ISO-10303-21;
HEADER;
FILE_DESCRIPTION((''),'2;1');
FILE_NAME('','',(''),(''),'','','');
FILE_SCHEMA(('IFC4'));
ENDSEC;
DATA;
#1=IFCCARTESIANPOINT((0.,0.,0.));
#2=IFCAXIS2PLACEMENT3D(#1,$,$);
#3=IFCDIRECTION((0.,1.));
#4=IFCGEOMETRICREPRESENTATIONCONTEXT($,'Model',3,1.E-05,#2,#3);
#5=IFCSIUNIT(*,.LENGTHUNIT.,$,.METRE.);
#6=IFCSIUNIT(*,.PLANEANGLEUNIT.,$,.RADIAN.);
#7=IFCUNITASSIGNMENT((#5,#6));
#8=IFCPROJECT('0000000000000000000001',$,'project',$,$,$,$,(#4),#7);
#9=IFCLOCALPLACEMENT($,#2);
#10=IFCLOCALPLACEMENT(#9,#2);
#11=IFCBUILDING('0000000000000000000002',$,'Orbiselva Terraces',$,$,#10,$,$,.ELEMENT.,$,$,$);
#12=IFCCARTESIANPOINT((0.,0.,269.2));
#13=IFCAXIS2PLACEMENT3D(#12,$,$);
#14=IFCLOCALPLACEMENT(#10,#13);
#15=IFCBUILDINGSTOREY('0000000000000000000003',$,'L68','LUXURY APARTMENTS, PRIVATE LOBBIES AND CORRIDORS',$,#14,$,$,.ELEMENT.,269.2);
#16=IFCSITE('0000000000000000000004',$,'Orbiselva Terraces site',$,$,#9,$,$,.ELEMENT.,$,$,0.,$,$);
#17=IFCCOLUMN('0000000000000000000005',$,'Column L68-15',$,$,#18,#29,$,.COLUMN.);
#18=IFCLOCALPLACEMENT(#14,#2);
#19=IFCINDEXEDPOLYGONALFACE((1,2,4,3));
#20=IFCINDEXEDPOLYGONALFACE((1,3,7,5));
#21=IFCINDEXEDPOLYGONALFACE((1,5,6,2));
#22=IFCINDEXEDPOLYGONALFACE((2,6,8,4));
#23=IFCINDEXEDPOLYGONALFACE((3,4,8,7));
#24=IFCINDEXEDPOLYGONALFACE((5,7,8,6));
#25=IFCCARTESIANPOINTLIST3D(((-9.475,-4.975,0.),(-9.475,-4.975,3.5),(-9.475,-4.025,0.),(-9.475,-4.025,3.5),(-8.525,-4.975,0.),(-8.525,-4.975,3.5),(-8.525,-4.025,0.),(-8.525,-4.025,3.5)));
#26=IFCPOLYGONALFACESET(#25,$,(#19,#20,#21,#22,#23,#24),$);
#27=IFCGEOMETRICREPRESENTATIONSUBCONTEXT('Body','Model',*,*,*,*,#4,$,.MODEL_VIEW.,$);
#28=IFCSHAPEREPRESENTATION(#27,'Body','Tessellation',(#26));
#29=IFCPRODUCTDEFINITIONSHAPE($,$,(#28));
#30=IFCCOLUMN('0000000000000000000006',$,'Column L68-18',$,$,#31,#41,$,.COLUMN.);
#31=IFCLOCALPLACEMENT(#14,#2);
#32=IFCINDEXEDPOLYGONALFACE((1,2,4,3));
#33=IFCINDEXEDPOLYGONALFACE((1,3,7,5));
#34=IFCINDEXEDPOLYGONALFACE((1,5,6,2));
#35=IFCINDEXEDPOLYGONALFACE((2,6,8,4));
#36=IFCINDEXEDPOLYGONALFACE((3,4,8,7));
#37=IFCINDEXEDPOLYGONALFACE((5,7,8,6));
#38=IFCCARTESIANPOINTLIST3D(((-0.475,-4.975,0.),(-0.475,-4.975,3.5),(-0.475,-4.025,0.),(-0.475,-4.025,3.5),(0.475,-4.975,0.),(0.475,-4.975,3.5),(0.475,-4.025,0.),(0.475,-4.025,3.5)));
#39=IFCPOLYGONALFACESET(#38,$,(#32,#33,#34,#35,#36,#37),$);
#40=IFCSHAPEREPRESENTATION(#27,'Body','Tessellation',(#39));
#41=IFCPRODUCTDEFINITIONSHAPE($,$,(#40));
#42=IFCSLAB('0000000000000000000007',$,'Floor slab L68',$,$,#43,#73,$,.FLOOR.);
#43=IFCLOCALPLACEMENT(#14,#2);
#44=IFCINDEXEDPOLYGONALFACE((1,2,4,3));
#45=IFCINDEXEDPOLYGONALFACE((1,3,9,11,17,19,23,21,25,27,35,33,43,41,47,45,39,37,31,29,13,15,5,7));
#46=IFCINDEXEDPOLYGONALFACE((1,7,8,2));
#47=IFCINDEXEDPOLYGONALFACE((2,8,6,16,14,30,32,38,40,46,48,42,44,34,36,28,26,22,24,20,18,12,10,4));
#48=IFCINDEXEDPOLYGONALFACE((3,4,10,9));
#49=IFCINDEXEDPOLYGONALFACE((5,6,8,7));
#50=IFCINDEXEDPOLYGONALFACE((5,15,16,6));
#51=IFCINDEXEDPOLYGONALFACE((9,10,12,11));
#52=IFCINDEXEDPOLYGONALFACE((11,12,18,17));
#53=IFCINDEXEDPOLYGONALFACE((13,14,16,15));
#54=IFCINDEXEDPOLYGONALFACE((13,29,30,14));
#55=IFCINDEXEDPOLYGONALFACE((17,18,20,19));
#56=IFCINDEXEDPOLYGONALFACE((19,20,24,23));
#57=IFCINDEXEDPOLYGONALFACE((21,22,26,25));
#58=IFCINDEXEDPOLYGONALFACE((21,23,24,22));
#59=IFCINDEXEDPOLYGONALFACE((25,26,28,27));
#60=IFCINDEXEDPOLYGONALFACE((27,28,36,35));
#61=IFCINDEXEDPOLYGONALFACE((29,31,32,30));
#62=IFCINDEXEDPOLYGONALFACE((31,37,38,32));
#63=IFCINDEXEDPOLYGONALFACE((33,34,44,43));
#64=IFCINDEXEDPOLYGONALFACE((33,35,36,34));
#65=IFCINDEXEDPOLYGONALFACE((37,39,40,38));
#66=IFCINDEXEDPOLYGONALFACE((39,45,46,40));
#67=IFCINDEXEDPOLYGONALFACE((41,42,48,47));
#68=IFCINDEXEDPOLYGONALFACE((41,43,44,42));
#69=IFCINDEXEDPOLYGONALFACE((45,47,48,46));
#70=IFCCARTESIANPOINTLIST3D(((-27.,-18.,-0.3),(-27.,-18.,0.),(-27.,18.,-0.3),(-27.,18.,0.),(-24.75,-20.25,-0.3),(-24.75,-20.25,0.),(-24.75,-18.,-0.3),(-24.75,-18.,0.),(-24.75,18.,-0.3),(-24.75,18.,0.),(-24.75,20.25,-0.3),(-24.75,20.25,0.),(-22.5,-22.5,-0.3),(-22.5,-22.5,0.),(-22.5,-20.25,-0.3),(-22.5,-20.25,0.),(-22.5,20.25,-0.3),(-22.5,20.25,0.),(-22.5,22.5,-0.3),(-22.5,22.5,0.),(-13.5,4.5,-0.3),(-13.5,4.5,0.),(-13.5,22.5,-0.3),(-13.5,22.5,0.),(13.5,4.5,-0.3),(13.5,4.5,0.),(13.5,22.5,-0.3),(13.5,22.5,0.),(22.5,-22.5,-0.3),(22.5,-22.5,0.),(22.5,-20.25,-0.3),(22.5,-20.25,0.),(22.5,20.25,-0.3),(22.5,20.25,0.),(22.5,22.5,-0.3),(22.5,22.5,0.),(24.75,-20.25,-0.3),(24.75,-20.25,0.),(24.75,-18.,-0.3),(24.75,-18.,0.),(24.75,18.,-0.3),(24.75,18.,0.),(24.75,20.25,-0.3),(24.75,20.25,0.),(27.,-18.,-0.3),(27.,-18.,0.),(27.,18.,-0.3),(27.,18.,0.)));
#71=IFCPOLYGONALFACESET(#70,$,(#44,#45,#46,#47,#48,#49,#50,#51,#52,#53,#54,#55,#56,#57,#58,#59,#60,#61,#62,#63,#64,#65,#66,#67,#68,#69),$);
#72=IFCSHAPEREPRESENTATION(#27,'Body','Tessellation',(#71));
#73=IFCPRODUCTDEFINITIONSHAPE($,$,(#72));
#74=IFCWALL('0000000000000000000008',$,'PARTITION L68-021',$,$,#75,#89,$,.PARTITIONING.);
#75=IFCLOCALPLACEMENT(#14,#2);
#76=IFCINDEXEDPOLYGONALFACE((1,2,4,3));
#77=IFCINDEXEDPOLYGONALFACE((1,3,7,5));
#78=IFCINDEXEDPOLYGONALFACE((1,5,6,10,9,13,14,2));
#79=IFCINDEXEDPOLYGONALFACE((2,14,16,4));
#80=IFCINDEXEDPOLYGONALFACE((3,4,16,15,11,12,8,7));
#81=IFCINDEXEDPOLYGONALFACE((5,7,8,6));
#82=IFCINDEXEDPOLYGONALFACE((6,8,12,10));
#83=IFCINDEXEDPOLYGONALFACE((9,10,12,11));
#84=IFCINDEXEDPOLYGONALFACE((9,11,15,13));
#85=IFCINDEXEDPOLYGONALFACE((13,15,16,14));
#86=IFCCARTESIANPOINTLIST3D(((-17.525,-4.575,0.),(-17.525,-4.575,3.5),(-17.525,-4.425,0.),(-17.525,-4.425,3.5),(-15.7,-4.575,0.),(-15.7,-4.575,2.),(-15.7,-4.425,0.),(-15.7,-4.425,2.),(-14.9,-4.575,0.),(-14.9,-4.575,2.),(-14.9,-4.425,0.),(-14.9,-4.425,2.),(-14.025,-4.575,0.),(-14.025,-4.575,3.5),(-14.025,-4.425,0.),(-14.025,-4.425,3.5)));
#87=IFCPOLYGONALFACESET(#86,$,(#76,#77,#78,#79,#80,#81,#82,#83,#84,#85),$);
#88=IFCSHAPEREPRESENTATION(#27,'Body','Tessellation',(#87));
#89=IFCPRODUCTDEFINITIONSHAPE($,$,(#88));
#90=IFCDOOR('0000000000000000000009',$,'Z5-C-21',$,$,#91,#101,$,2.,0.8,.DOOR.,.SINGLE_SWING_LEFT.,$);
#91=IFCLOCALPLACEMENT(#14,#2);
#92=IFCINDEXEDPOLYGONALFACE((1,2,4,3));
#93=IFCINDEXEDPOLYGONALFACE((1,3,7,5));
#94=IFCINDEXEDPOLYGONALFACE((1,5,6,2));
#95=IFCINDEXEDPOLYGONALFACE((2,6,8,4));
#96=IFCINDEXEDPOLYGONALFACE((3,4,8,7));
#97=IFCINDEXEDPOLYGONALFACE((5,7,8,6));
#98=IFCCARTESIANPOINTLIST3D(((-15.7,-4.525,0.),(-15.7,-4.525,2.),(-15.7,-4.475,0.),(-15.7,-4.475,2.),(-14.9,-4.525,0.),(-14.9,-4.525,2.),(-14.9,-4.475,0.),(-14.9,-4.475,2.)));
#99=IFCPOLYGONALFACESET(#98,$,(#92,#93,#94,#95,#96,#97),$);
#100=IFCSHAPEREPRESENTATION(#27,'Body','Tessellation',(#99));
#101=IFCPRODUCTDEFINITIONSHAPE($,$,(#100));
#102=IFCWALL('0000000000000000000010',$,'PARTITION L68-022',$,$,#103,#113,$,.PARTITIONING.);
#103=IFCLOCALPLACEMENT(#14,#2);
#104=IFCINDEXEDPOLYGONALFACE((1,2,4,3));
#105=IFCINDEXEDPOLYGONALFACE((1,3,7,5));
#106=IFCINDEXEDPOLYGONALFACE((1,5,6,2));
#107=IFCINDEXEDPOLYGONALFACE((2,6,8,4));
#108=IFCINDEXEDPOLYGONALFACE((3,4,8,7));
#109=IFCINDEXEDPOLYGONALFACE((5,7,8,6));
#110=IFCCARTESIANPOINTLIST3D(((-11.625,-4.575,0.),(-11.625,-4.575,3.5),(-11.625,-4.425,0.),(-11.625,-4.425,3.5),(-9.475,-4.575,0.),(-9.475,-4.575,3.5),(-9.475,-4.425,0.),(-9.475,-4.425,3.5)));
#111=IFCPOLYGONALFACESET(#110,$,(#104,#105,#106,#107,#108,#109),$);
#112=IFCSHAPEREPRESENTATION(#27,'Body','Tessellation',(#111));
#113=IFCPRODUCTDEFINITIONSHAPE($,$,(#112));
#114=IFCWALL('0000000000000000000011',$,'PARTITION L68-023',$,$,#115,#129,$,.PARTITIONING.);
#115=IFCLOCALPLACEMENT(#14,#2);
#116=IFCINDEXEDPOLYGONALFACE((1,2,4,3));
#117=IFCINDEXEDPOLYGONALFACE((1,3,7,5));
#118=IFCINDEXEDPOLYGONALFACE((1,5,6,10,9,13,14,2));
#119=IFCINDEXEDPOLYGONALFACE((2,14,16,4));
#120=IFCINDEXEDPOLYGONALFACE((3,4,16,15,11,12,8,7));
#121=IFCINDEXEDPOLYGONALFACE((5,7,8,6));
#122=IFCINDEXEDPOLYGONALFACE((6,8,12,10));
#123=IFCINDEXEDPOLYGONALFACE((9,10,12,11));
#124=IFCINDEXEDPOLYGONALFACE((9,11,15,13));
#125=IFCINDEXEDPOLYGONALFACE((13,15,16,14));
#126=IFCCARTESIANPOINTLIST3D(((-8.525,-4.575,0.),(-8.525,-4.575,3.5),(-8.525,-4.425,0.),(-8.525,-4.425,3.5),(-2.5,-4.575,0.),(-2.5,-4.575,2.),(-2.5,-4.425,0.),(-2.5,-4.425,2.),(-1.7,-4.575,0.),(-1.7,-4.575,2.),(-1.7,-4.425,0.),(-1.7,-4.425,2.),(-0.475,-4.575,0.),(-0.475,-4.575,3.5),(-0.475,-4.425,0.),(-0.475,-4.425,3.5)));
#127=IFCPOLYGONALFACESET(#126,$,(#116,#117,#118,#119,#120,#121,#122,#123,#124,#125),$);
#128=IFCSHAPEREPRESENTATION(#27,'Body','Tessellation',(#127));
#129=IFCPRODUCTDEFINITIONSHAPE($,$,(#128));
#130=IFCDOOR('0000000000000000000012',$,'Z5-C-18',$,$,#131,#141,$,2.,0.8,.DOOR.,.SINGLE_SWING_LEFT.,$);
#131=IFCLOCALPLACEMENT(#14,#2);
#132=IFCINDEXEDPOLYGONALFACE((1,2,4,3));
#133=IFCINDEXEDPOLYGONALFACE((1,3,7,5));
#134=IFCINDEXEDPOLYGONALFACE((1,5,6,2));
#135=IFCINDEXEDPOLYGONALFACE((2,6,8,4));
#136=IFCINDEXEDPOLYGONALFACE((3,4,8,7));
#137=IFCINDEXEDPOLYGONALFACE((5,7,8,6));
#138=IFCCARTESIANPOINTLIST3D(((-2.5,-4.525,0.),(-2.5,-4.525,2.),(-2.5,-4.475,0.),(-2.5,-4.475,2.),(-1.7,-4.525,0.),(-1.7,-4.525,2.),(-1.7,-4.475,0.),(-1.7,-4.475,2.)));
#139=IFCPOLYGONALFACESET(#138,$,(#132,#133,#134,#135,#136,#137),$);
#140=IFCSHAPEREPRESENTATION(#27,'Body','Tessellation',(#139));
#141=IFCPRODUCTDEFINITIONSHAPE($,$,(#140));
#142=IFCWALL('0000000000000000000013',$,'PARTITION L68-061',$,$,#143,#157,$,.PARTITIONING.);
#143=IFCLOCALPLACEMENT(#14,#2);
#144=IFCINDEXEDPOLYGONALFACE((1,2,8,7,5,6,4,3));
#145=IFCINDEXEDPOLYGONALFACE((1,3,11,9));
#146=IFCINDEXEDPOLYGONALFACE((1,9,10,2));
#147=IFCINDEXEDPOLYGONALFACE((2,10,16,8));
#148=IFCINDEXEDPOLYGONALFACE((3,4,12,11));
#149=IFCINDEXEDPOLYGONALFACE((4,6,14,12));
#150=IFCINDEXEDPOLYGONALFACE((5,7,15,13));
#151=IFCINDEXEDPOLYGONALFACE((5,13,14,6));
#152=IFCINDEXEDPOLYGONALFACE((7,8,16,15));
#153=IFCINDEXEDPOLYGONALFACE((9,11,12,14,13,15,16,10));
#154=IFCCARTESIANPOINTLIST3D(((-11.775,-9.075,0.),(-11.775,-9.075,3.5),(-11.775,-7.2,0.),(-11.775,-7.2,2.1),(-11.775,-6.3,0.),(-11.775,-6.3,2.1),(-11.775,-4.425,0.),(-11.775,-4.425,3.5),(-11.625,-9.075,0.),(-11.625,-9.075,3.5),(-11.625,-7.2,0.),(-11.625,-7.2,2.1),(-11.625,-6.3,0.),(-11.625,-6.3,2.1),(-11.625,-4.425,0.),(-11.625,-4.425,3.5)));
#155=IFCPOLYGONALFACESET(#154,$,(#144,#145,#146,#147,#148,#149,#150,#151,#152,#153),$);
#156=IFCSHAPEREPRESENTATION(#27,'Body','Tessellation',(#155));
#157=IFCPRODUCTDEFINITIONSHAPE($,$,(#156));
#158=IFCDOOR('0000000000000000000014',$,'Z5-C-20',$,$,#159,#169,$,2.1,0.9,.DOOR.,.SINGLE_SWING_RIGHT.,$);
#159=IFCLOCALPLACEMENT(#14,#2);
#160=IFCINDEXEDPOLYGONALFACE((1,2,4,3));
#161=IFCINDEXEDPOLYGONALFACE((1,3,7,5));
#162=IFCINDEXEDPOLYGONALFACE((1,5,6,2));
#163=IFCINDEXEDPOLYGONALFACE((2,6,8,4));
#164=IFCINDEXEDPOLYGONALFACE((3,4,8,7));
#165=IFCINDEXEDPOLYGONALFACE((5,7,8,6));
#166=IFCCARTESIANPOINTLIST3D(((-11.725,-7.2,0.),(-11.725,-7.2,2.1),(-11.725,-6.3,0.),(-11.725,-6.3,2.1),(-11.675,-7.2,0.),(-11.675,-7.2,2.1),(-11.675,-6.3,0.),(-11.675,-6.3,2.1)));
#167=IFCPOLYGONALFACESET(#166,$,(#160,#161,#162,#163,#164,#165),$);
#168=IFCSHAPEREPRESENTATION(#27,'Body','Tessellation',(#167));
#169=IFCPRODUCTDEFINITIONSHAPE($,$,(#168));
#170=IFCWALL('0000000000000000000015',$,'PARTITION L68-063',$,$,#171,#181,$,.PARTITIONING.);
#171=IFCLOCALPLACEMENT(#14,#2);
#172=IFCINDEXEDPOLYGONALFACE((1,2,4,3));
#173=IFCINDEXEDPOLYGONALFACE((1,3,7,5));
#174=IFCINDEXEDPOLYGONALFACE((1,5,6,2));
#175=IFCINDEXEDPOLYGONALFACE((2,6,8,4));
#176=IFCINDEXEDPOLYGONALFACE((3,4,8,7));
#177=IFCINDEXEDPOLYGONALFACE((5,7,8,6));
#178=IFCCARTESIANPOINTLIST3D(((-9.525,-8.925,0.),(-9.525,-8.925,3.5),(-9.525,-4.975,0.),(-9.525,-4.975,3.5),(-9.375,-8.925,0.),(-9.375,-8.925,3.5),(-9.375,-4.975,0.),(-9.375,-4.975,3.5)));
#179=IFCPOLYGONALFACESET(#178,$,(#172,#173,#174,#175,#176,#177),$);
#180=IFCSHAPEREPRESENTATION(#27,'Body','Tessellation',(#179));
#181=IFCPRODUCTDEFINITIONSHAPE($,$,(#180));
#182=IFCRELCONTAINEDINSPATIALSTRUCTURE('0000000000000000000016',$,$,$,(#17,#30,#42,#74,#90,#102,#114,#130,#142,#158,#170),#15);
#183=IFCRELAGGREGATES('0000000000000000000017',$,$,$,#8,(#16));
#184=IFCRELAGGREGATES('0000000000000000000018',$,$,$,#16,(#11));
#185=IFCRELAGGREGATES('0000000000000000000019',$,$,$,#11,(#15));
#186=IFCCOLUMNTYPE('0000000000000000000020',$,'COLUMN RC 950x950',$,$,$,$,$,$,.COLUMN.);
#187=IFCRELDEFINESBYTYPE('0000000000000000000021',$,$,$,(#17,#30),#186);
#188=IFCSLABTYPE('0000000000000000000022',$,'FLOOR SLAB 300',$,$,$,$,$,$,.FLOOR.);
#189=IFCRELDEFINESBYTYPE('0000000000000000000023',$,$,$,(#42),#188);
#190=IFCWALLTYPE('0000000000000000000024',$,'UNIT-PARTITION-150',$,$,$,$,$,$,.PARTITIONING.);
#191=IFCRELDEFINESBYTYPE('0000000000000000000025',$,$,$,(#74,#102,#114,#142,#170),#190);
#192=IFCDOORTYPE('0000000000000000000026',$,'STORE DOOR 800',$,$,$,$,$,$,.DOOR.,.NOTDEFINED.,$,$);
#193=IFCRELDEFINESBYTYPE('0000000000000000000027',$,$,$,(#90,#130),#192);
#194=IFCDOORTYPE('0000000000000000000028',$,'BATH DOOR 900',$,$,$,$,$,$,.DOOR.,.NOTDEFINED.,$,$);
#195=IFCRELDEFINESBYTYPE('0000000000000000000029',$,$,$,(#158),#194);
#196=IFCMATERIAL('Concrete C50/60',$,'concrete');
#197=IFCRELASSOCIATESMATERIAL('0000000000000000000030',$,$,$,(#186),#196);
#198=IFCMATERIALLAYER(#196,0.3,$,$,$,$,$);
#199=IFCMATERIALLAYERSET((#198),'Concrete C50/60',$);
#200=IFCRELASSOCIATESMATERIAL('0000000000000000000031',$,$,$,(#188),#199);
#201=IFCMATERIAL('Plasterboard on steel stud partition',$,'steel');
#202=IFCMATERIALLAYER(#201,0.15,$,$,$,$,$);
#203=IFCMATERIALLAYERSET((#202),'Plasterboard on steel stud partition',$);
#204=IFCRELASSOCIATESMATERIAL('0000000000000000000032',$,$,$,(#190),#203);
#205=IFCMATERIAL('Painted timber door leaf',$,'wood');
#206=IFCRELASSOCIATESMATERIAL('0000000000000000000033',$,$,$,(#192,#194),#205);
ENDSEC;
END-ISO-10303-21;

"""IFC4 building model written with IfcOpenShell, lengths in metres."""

from ifc_helpers import new_model, si_unit, direction, frame, frame_2d, origin, origin_2d, place, context, subcontext, project, spatial, polyline, rectangle, outline, extrude, material, layer, layer_set, material_profile, profile_set, type_object, element, fill, save


model = new_model("IFC4")

# Units and contexts
model_context = context("Model", 3, precision=1e-05, world=origin(), true_north=direction((0.0, 1.0)))
body_context = subcontext(model_context, "Body", "Model", "MODEL_VIEW")
ifc_project = project(units=[si_unit("LENGTHUNIT", "METRE"), si_unit("PLANEANGLEUNIT", "RADIAN")], contexts=[model_context])

# Site, building, storey
site_placement = place(None, origin())
site = spatial("IfcSite", under=ifc_project, at=site_placement, Name="Orbiselva Terraces site", CompositionType="ELEMENT", RefElevation=0.0)
building_placement = place(site_placement, origin())
building = spatial("IfcBuilding", under=site, at=building_placement, Name="Orbiselva Terraces", CompositionType="ELEMENT")
storey_placement = place(building_placement, frame((0.0, 0.0, 269.2)))
storey = spatial("IfcBuildingStorey", under=building, at=storey_placement, Name="L68", Description="LUXURY APARTMENTS, PRIVATE LOBBIES AND CORRIDORS", CompositionType="ELEMENT", Elevation=269.2)

# Columns
ifc_material_1 = material(Name="Concrete C50/60", Category="concrete")
ifc_material_profile = material_profile(ifc_material_1, rectangle(XDim=0.95, YDim=0.95, at=origin_2d()), Name="RC 950x950")
ifc_profile_set = profile_set([ifc_material_profile], Name="Concrete C50/60")
column_type = type_object("IfcColumnType", Name="COLUMN RC 950x950", PredefinedType="COLUMN", material=ifc_profile_set)
for number, where, z_axis, x_axis, name in (
    (1, (-9.0, -4.5, 0.0), (0.0, 0.0, 1.0), (1.0, 0.0, 0.0), "Column L68-15"),
    (2, (0.0, -4.5, 0.0), (0.0, 0.0, 1.0), (1.0, 0.0, 0.0), "Column L68-18"),
):
    element("IfcColumn", number, at=place(storey_placement, frame(where, z_axis=z_axis, x_axis=x_axis)), inside=storey, type_object=column_type, Name=name, PredefinedType="COLUMN", context=body_context, shape_type="SweptSolid", body=[
        extrude(rectangle(XDim=0.95, YDim=0.95, at=origin_2d()), origin(), (0.0, 0.0, 1.0), 3.5),
    ])

# Slab
ifc_layer_1 = layer(ifc_material_1, 0.3)
ifc_layer_set_1 = layer_set([ifc_layer_1], Name="Concrete C50/60")
slab_type = type_object("IfcSlabType", Name="FLOOR SLAB 300", PredefinedType="FLOOR", material=ifc_layer_set_1)
slab_placement = place(storey_placement, frame((0.0, 0.0, -0.3)))
element("IfcSlab", 3, at=slab_placement, inside=storey, type_object=slab_type, Name="Floor slab L68", PredefinedType="FLOOR", context=body_context, shape_type="SweptSolid", body=[
    extrude(outline(polyline([(22.5, 22.5), (22.5, 20.25), (24.75, 20.25), (24.75, 18.0), (27.0, 18.0), (27.0, -18.0), (24.75, -18.0), (24.75, -20.25), (22.5, -20.25), (22.5, -22.5), (-22.5, -22.5), (-22.5, -20.25), (-24.75, -20.25), (-24.75, -18.0), (-27.0, -18.0), (-27.0, 18.0), (-24.75, 18.0), (-24.75, 20.25), (-22.5, 20.25), (-22.5, 22.5), (-13.5, 22.5), (-13.5, 4.5), (13.5, 4.5), (13.5, 22.5), (22.5, 22.5)])), origin(), (0.0, 0.0, 1.0), 0.3),
])

# Wall, opening, door
ifc_material_2 = material(Name="Plasterboard on steel stud partition", Category="steel")
ifc_layer_2 = layer(ifc_material_2, 0.15)
ifc_layer_set_2 = layer_set([ifc_layer_2], Name="Plasterboard on steel stud partition")
wall_type = type_object("IfcWallType", Name="UNIT-PARTITION-150", PredefinedType="PARTITIONING", material=ifc_layer_set_2)
wall_1_placement = place(storey_placement, frame((-14.025, -4.5, 0.0), z_axis=(0.0, 0.0, 1.0), x_axis=(-1.0, 0.0, 0.0)))
wall_1 = element("IfcWall", 4, at=wall_1_placement, inside=storey, type_object=wall_type, Name="PARTITION L68-021", PredefinedType="PARTITIONING", context=body_context, shape_type="SweptSolid", body=[
    extrude(rectangle(XDim=3.5, YDim=0.15, at=frame_2d((1.75, 0.0))), origin(), (0.0, 0.0, 1.0), 3.5),
])
opening_1_placement = place(wall_1_placement, frame((0.875, 0.0, 0.0)))
opening_1 = element("IfcOpeningElement", 5, at=opening_1_placement, cuts=wall_1, PredefinedType="OPENING", context=body_context, shape_type="SweptSolid", body=[
    extrude(rectangle(XDim=0.8, YDim=2.0, at=frame_2d((0.4, 1.0))), frame((0.0, 0.085, 0.0), z_axis=(0.0, -1.0, 0.0), x_axis=(1.0, 0.0, 0.0)), (0.0, 0.0, 1.0), 0.17),
])
ifc_material_3 = material(Name="Painted timber door leaf", Category="wood")
door_type_1 = type_object("IfcDoorType", Name="STORE DOOR 800", OperationType="NOTDEFINED", PredefinedType="DOOR", material=ifc_material_3)
door_1_placement = place(opening_1_placement, origin())
door_1 = element("IfcDoor", 6, at=door_1_placement, inside=storey, type_object=door_type_1, Name="Z5-C-21", OperationType="SINGLE_SWING_LEFT", OverallHeight=2.0, OverallWidth=0.8, PredefinedType="DOOR", context=body_context, shape_type="SweptSolid", body=[
    extrude(rectangle(XDim=0.8, YDim=2.0, at=frame_2d((0.4, 1.0))), frame((0.0, 0.025, 0.0), z_axis=(0.0, -1.0, 0.0), x_axis=(1.0, 0.0, 0.0)), (0.0, 0.0, 1.0), 0.05),
])
fill(opening_1, door_1)

# Wall
wall_2_placement = place(storey_placement, frame((-11.625, -4.5, 0.0), z_axis=(0.0, 0.0, 1.0), x_axis=(1.0, 0.0, 0.0)))
element("IfcWall", 7, at=wall_2_placement, inside=storey, type_object=wall_type, Name="PARTITION L68-022", PredefinedType="PARTITIONING", context=body_context, shape_type="SweptSolid", body=[
    extrude(rectangle(XDim=2.15, YDim=0.15, at=frame_2d((1.075, 0.0))), origin(), (0.0, 0.0, 1.0), 3.5),
])

# Walls, openings, doors
wall_3_placement = place(storey_placement, frame((-0.475, -4.5, 0.0), z_axis=(0.0, 0.0, 1.0), x_axis=(-1.0, 0.0, 0.0)))
wall_3 = element("IfcWall", 8, at=wall_3_placement, inside=storey, type_object=wall_type, Name="PARTITION L68-023", PredefinedType="PARTITIONING", context=body_context, shape_type="SweptSolid", body=[
    extrude(rectangle(XDim=8.05, YDim=0.15, at=frame_2d((4.025, 0.0))), origin(), (0.0, 0.0, 1.0), 3.5),
])
opening_2_placement = place(wall_3_placement, frame((1.225, 0.0, 0.0)))
opening_2 = element("IfcOpeningElement", 9, at=opening_2_placement, cuts=wall_3, PredefinedType="OPENING", context=body_context, shape_type="SweptSolid", body=[
    extrude(rectangle(XDim=0.8, YDim=2.0, at=frame_2d((0.4, 1.0))), frame((0.0, 0.085, 0.0), z_axis=(0.0, -1.0, 0.0), x_axis=(1.0, 0.0, 0.0)), (0.0, 0.0, 1.0), 0.17),
])
door_2_placement = place(opening_2_placement, origin())
door_2 = element("IfcDoor", 10, at=door_2_placement, inside=storey, type_object=door_type_1, Name="Z5-C-18", OperationType="SINGLE_SWING_LEFT", OverallHeight=2.0, OverallWidth=0.8, PredefinedType="DOOR", context=body_context, shape_type="SweptSolid", body=[
    extrude(rectangle(XDim=0.8, YDim=2.0, at=frame_2d((0.4, 1.0))), frame((0.0, 0.025, 0.0), z_axis=(0.0, -1.0, 0.0), x_axis=(1.0, 0.0, 0.0)), (0.0, 0.0, 1.0), 0.05),
])
fill(opening_2, door_2)
wall_4_placement = place(storey_placement, frame((-11.7, -4.425, 0.0), z_axis=(0.0, 0.0, 1.0), x_axis=(0.0, -1.0, 0.0)))
wall_4 = element("IfcWall", 11, at=wall_4_placement, inside=storey, type_object=wall_type, Name="PARTITION L68-061", PredefinedType="PARTITIONING", context=body_context, shape_type="SweptSolid", body=[
    extrude(rectangle(XDim=4.65, YDim=0.15, at=frame_2d((2.325, 0.0))), origin(), (0.0, 0.0, 1.0), 3.5),
])
opening_3_placement = place(wall_4_placement, frame((1.875, 0.0, 0.0)))
opening_3 = element("IfcOpeningElement", 12, at=opening_3_placement, cuts=wall_4, PredefinedType="OPENING", context=body_context, shape_type="SweptSolid", body=[
    extrude(rectangle(XDim=0.9, YDim=2.1, at=frame_2d((0.45, 1.05))), frame((0.0, 0.085, 0.0), z_axis=(0.0, -1.0, 0.0), x_axis=(1.0, 0.0, 0.0)), (0.0, 0.0, 1.0), 0.17),
])
door_type_2 = type_object("IfcDoorType", Name="BATH DOOR 900", OperationType="NOTDEFINED", PredefinedType="DOOR", material=ifc_material_3)
door_3_placement = place(opening_3_placement, origin())
door_3 = element("IfcDoor", 13, at=door_3_placement, inside=storey, type_object=door_type_2, Name="Z5-C-20", OperationType="SINGLE_SWING_RIGHT", OverallHeight=2.1, OverallWidth=0.9, PredefinedType="DOOR", context=body_context, shape_type="SweptSolid", body=[
    extrude(rectangle(XDim=0.9, YDim=2.1, at=frame_2d((0.45, 1.05))), frame((0.0, 0.025, 0.0), z_axis=(0.0, -1.0, 0.0), x_axis=(1.0, 0.0, 0.0)), (0.0, 0.0, 1.0), 0.05),
])
fill(opening_3, door_3)

# Wall
wall_5_placement = place(storey_placement, frame((-9.45, -8.925, 0.0), z_axis=(0.0, 0.0, 1.0), x_axis=(0.0, 1.0, 0.0)))
element("IfcWall", 14, at=wall_5_placement, inside=storey, type_object=wall_type, Name="PARTITION L68-063", PredefinedType="PARTITIONING", context=body_context, shape_type="SweptSolid", body=[
    extrude(rectangle(XDim=3.95, YDim=0.15, at=frame_2d((1.975, 0.0))), origin(), (0.0, 0.0, 1.0), 3.5),
])

save(model, "model.ifc")
